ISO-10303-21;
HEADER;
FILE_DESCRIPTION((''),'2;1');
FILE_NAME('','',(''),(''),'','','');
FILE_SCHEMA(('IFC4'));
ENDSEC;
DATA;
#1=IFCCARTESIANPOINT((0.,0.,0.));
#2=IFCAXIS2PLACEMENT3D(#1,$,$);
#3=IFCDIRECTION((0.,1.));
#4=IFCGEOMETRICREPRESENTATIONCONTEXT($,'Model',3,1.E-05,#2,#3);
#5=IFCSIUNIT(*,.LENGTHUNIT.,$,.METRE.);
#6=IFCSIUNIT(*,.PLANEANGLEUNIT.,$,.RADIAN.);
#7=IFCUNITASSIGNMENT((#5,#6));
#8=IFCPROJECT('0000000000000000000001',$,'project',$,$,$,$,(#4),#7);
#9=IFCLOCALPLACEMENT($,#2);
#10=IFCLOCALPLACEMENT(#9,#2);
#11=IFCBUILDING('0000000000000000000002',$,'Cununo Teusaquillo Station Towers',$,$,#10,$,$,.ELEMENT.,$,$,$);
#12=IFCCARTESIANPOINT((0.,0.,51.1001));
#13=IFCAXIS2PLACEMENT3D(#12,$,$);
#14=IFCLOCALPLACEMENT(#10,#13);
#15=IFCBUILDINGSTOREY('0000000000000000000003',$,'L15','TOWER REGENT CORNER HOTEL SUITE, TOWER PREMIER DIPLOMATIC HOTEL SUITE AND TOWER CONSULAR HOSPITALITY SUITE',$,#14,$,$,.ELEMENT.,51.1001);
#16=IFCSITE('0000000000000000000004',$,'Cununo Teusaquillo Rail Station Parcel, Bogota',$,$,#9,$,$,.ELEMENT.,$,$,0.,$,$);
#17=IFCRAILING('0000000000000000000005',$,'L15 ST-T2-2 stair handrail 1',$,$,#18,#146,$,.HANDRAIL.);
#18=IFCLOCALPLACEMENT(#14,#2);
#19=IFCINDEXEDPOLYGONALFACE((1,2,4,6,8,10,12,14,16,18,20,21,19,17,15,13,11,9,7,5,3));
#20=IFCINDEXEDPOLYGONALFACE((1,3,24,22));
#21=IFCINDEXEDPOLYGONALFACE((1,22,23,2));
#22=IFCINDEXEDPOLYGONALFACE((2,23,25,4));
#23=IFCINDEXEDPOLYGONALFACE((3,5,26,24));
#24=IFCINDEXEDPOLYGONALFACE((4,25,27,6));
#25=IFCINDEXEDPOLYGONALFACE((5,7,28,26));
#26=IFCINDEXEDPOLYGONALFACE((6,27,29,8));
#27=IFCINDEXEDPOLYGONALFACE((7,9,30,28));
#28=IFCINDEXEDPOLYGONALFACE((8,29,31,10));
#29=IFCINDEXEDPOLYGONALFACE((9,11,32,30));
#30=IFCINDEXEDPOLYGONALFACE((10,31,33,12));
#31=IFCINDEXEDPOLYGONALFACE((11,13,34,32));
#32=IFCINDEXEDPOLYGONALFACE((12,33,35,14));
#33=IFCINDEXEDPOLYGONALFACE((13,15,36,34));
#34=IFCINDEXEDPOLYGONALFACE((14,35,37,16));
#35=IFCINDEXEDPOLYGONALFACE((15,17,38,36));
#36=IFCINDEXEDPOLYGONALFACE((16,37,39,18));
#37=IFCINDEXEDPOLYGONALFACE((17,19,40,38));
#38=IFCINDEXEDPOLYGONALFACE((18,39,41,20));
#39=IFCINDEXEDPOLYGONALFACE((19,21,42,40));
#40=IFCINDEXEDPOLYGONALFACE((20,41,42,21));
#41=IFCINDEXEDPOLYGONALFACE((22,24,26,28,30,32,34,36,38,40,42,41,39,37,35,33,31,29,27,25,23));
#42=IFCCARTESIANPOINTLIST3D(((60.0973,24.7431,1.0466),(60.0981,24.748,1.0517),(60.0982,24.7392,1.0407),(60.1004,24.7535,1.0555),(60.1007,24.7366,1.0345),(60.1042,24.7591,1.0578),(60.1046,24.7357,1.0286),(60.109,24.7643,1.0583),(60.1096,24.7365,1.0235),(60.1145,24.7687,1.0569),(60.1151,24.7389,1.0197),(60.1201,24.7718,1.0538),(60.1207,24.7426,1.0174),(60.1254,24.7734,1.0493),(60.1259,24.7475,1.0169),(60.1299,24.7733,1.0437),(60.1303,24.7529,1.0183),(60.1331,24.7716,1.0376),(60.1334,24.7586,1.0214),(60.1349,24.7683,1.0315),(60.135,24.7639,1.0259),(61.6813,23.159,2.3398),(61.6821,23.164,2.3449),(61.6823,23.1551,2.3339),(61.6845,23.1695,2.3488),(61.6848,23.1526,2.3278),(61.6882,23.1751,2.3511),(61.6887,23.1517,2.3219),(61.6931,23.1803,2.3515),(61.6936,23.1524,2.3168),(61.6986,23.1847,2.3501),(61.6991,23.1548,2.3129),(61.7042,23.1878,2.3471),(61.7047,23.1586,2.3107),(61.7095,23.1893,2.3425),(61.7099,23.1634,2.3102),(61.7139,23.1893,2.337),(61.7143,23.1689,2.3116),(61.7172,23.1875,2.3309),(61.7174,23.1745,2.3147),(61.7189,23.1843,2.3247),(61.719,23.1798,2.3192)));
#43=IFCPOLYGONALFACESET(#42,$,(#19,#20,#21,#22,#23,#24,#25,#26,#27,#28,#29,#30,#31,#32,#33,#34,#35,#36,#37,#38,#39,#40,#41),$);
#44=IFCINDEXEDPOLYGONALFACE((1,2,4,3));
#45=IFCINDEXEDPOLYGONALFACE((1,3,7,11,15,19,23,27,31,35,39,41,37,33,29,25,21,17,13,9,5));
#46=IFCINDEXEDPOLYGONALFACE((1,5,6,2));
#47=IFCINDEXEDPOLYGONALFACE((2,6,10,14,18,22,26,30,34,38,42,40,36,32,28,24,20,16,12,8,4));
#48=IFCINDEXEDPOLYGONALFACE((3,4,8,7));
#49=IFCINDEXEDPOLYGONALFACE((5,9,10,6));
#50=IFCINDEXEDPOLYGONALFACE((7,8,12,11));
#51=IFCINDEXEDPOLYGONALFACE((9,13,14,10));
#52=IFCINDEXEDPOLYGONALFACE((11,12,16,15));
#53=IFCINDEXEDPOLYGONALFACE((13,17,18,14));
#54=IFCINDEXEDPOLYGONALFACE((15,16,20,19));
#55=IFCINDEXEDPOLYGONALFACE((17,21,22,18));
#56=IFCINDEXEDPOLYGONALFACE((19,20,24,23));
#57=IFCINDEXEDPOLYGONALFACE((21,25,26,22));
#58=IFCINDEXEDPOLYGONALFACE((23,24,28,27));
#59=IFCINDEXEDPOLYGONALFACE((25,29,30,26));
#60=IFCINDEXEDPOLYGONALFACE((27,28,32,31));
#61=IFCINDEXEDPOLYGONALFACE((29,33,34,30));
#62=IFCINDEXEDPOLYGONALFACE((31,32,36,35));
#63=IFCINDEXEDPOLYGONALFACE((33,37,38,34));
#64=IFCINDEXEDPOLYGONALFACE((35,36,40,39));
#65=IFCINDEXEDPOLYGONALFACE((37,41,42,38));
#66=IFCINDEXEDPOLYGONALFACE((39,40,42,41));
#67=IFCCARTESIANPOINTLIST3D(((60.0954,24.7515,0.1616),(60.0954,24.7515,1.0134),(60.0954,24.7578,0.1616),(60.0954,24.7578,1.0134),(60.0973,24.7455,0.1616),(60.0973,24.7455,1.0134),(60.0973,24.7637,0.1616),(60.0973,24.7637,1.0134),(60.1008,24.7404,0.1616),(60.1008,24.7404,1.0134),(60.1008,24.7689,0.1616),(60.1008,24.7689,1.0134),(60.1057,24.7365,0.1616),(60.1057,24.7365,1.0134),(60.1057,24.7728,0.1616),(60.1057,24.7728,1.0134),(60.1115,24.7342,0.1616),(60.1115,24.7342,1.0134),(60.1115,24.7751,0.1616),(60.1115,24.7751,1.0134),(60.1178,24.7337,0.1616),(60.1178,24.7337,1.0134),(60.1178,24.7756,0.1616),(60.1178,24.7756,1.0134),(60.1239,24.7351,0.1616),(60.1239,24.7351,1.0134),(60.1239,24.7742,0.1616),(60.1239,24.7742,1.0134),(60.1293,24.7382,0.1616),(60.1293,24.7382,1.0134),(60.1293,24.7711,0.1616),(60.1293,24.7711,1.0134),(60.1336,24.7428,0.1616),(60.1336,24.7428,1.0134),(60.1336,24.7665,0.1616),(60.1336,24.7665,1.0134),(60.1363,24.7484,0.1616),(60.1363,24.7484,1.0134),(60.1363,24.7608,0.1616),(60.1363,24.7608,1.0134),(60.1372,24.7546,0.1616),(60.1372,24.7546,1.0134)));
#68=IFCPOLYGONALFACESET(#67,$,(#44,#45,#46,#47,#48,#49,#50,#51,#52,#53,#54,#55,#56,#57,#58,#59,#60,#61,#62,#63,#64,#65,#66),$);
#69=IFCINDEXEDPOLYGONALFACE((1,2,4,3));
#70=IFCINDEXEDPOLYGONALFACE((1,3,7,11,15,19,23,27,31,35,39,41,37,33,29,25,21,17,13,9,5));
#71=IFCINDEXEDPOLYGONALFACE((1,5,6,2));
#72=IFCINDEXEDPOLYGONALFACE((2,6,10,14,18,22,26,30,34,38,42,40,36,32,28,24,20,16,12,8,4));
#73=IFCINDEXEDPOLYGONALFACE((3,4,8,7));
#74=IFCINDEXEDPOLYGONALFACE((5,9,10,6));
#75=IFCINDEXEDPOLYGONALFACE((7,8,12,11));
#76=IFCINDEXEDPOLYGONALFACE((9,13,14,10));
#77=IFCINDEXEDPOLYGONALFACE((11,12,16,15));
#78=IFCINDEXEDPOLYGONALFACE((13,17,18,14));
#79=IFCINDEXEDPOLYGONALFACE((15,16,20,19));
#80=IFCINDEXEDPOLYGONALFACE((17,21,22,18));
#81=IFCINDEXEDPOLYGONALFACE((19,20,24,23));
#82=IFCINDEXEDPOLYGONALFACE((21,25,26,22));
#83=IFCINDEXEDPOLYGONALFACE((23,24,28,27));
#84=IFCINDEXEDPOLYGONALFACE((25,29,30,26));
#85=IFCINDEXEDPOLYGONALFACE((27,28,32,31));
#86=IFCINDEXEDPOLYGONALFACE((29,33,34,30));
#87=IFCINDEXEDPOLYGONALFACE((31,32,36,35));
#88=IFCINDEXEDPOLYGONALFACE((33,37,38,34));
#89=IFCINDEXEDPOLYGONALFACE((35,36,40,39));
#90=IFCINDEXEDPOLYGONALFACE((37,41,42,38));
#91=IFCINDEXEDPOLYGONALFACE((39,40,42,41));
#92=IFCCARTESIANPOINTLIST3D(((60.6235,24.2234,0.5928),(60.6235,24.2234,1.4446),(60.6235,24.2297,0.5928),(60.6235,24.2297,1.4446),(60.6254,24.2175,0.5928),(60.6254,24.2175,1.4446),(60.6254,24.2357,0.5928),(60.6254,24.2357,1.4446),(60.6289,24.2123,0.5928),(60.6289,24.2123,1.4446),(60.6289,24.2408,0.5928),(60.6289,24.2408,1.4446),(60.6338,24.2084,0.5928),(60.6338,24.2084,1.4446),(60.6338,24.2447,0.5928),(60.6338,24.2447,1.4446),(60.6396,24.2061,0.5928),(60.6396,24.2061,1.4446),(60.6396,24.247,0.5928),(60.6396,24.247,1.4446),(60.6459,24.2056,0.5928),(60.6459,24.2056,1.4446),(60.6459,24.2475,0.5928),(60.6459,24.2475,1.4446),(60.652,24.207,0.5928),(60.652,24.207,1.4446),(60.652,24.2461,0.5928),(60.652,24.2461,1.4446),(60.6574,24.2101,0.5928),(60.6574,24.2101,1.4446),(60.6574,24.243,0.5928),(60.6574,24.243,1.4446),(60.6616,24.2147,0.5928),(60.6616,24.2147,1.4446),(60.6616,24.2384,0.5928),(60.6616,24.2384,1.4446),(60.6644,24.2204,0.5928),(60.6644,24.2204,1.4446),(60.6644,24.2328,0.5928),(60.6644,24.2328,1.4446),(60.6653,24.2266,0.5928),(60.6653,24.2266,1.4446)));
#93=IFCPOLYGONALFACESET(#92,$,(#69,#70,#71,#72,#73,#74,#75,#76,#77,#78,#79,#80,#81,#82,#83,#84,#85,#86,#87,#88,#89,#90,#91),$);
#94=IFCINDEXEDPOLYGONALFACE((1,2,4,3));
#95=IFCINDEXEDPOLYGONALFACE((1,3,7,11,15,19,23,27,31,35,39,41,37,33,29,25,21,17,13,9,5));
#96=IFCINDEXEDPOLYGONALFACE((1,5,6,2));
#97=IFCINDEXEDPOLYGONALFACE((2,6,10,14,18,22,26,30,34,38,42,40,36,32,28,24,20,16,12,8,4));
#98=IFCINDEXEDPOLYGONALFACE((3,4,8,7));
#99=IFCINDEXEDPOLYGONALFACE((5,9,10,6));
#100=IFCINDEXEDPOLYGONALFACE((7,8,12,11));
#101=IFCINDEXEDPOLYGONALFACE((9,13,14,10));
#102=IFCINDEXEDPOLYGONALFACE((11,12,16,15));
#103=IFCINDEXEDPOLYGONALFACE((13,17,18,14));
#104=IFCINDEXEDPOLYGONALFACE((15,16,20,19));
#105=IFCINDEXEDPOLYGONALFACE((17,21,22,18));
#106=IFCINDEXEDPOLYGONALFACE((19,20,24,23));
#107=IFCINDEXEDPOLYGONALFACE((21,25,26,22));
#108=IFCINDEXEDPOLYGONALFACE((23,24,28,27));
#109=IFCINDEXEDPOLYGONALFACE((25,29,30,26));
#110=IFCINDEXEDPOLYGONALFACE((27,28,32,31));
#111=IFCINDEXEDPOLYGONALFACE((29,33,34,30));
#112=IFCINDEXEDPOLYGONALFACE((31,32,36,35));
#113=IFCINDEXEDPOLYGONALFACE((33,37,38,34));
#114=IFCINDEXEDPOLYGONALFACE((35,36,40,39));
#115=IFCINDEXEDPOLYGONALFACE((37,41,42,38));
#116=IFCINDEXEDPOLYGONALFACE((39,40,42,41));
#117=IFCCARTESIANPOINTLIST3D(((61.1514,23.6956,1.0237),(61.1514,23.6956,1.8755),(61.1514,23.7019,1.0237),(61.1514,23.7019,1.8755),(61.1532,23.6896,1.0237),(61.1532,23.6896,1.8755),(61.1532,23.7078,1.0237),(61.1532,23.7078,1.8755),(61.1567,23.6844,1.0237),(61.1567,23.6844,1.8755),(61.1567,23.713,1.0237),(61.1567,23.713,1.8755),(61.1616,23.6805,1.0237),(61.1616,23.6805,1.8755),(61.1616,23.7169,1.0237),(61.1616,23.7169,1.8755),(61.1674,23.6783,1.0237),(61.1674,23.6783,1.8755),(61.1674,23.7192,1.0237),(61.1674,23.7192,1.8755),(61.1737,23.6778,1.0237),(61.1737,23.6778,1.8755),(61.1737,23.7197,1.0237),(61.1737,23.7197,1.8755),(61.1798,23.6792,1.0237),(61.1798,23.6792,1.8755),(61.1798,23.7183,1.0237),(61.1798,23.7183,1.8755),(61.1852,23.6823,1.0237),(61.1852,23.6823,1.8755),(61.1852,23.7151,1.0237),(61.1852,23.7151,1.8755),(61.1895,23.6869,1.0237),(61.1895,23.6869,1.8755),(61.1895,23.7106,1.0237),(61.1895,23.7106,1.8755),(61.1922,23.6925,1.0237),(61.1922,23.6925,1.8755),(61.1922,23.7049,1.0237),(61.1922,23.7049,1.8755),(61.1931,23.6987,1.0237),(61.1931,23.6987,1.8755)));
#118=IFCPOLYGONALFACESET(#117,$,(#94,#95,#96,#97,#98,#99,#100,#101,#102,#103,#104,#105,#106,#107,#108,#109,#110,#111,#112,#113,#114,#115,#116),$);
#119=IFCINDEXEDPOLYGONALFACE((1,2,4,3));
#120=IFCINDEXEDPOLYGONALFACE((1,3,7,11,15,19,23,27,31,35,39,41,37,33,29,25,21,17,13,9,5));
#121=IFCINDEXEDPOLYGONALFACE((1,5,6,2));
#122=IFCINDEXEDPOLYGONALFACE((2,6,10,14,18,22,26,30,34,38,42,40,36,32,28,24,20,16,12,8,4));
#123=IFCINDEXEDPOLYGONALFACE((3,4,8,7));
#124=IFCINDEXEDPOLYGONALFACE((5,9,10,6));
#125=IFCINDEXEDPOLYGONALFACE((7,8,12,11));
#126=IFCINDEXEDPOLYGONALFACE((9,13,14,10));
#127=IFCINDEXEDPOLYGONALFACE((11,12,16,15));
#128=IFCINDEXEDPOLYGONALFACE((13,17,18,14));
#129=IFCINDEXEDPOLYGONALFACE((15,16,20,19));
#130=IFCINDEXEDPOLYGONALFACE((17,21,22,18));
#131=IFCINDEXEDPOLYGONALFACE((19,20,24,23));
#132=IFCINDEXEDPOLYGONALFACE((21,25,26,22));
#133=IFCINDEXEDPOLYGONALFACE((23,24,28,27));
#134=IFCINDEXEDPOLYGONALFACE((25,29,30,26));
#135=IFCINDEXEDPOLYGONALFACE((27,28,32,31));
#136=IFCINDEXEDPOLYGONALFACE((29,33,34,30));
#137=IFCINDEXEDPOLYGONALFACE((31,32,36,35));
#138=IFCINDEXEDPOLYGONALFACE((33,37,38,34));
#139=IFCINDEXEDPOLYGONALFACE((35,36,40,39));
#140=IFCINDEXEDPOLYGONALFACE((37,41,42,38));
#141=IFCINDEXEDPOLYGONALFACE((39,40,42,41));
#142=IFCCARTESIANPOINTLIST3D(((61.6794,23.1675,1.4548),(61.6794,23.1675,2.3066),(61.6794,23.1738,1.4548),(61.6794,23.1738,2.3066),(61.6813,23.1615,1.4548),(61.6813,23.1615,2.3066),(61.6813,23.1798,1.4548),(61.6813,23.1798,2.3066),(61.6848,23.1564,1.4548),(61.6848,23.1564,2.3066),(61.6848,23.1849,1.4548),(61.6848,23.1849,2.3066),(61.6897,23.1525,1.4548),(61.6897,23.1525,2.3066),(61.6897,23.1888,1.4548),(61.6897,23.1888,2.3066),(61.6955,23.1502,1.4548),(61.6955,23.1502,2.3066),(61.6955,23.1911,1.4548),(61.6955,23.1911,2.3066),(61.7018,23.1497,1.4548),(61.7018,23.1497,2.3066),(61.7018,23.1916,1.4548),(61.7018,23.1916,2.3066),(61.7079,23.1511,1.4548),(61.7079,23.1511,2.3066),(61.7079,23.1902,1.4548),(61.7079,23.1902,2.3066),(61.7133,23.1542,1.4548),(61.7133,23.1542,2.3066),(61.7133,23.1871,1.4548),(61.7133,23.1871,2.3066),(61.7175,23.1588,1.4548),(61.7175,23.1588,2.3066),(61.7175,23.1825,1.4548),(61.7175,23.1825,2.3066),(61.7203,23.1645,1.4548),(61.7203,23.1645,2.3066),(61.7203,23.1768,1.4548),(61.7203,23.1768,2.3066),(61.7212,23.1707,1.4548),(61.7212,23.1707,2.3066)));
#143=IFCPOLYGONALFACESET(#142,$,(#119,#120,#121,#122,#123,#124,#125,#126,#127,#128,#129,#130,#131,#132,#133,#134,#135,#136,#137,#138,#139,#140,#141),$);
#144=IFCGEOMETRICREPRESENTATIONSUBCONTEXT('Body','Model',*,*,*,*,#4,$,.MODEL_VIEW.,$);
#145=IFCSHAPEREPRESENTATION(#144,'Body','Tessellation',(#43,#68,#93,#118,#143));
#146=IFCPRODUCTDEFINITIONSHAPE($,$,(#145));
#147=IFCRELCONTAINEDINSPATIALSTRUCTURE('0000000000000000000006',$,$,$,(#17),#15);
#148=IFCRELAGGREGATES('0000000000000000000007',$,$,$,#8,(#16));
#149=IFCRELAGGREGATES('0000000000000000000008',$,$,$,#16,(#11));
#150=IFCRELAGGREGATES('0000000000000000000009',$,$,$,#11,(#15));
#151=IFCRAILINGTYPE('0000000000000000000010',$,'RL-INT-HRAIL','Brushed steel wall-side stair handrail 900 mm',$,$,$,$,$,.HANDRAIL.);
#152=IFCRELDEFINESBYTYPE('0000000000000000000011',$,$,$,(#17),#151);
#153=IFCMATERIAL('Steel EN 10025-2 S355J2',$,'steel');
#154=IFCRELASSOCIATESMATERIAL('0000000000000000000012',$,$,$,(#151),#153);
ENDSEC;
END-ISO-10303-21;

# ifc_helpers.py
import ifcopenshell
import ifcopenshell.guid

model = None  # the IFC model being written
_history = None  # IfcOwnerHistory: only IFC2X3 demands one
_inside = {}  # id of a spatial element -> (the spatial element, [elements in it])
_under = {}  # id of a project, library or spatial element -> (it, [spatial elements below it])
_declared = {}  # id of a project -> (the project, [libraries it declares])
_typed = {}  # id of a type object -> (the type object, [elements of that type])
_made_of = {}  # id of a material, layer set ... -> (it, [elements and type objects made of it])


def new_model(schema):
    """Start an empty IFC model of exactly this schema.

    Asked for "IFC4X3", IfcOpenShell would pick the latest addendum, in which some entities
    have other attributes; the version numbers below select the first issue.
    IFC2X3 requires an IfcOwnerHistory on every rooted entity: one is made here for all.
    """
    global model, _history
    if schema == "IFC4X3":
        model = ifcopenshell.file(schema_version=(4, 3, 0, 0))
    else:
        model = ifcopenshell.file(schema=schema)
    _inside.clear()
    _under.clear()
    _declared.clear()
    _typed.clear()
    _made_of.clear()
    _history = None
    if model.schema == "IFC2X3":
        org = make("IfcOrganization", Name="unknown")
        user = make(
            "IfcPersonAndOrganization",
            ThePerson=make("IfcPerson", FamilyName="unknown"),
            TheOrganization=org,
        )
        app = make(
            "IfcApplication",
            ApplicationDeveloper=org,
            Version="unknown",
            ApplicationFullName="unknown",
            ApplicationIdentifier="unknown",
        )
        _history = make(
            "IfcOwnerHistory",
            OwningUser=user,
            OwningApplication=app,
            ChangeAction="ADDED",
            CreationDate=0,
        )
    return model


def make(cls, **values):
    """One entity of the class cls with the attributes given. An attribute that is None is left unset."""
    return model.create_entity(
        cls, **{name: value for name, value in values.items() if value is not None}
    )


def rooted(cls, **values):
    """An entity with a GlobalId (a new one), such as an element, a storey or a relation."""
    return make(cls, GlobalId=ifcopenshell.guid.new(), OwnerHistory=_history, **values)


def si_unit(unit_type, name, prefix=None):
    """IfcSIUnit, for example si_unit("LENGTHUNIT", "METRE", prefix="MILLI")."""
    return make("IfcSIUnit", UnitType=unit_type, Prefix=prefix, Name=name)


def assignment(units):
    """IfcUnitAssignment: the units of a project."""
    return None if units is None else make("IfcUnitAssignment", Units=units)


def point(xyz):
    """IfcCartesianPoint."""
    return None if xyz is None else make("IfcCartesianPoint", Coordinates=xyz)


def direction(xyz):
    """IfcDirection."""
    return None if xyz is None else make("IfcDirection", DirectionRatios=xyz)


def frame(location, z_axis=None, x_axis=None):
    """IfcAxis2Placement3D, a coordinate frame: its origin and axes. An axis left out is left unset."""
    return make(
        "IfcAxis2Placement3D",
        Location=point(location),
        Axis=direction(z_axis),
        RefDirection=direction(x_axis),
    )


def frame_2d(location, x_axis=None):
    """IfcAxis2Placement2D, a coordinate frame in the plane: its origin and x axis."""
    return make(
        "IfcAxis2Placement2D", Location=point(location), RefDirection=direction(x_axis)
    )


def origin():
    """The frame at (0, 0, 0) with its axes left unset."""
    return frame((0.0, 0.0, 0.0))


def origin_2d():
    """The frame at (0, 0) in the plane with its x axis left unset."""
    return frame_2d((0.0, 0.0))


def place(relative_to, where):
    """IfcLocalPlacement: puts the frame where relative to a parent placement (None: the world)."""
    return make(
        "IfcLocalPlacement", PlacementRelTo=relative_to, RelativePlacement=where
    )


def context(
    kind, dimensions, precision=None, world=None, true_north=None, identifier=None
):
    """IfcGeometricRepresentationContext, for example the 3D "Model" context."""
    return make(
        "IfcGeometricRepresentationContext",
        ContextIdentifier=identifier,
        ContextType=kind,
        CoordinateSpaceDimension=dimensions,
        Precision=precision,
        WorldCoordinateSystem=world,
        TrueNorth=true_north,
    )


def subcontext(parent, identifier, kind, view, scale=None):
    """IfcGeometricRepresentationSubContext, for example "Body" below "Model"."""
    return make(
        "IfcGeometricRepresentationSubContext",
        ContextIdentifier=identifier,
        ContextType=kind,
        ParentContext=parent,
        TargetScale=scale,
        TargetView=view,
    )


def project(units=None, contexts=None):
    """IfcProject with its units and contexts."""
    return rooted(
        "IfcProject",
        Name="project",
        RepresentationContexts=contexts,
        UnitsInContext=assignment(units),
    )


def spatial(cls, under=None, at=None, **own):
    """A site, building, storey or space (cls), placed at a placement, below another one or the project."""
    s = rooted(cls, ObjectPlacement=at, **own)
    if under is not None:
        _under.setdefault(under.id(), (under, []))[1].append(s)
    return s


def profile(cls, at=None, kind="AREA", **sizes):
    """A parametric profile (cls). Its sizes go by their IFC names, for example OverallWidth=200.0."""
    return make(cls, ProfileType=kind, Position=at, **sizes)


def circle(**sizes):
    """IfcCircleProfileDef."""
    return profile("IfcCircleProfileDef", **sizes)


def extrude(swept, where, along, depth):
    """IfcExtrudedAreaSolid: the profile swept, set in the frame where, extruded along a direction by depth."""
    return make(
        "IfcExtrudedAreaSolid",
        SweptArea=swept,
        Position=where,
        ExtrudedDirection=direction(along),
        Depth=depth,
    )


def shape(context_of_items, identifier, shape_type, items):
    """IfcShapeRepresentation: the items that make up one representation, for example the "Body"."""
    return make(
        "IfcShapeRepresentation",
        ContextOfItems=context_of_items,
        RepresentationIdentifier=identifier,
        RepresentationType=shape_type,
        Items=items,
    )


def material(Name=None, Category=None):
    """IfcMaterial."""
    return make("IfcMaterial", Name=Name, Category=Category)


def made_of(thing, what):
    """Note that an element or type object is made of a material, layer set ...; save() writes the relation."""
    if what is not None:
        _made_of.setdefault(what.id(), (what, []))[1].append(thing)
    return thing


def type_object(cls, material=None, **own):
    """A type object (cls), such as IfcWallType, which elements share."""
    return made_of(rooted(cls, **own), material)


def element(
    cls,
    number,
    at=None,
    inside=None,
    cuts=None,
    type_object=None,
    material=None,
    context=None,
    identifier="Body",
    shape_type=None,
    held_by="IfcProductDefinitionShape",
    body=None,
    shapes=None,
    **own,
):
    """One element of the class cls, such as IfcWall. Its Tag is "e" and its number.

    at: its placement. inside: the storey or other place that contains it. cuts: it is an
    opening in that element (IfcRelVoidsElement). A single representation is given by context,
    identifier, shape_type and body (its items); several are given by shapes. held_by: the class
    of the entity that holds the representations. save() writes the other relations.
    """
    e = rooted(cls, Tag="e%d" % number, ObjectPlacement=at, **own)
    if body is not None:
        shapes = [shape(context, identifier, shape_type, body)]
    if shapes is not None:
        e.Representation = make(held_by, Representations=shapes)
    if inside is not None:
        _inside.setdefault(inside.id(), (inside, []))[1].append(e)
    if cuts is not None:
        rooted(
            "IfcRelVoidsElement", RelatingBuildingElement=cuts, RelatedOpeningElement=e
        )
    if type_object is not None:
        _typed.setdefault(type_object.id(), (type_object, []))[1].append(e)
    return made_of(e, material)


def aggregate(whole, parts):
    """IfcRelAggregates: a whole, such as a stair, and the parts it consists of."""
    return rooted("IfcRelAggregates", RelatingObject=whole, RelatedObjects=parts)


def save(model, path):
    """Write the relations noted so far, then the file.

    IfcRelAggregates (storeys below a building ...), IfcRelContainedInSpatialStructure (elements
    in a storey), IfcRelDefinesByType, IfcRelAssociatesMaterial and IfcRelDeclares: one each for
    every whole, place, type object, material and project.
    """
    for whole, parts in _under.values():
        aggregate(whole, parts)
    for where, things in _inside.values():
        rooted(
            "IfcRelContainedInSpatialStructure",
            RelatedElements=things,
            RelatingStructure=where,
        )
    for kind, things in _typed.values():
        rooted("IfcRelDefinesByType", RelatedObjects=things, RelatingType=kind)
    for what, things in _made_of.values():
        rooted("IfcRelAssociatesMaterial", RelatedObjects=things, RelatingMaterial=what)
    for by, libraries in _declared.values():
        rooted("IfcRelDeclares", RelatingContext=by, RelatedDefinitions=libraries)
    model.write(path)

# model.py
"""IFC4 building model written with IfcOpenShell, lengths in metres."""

from ifc_helpers import new_model, si_unit, direction, frame, origin, origin_2d, place, context, subcontext, project, spatial, circle, extrude, material, type_object, element, save


model = new_model("IFC4")

# Units and contexts
model_context = context("Model", 3, precision=1e-05, world=origin(), true_north=direction((0.0, 1.0)))
body_context = subcontext(model_context, "Body", "Model", "MODEL_VIEW")
ifc_project = project(units=[si_unit("LENGTHUNIT", "METRE"), si_unit("PLANEANGLEUNIT", "RADIAN")], contexts=[model_context])

# Site, building, storey
site_placement = place(None, origin())
site = spatial("IfcSite", under=ifc_project, at=site_placement, Name="Cununo Teusaquillo Rail Station Parcel, Bogota", CompositionType="ELEMENT", RefElevation=0.0)
building_placement = place(site_placement, origin())
building = spatial("IfcBuilding", under=site, at=building_placement, Name="Cununo Teusaquillo Station Towers", CompositionType="ELEMENT")
storey_placement = place(building_placement, frame((0.0, 0.0, 51.1001)))
storey = spatial("IfcBuildingStorey", under=building, at=storey_placement, Name="L15", Description="TOWER REGENT CORNER HOTEL SUITE, TOWER PREMIER DIPLOMATIC HOTEL SUITE AND TOWER CONSULAR HOSPITALITY SUITE", CompositionType="ELEMENT", Elevation=51.1001)

# Railing
ifc_material_1 = material(Name="Steel EN 10025-2 S355J2", Category="steel")
railing_type_1 = type_object("IfcRailingType", Name="RL-INT-HRAIL", Description="Brushed steel wall-side stair handrail 900 mm", PredefinedType="HANDRAIL", material=ifc_material_1)
railing_1_placement = place(storey_placement, frame((60.1162, 24.7546, 0.1616)))
element("IfcRailing", 1, at=railing_1_placement, inside=storey, type_object=railing_type_1, Name="L15 ST-T2-2 stair handrail 1", PredefinedType="HANDRAIL", context=body_context, shape_type="SweptSolid", body=[
    extrude(circle(Radius=0.0239, at=origin_2d()), frame((0.0, 0.0, 0.876), z_axis=(0.612385, -0.612385, 0.49997), x_axis=(0.707107, 0.707107, 0.0)), (0.0, 0.0, 1.0), 2.5867),
    extrude(circle(Radius=0.021, at=origin_2d()), origin(), (0.0, 0.0, 1.0), 0.8518),
    extrude(circle(Radius=0.021, at=origin_2d()), frame((0.5281, -0.5281, 0.4312)), (0.0, 0.0, 1.0), 0.8518),
    extrude(circle(Radius=0.021, at=origin_2d()), frame((1.0559, -1.0559, 0.8621)), (0.0, 0.0, 1.0), 0.8518),
    extrude(circle(Radius=0.021, at=origin_2d()), frame((1.584, -1.584, 1.2932)), (0.0, 0.0, 1.0), 0.8518),
])

save(model, "model.ifc")
